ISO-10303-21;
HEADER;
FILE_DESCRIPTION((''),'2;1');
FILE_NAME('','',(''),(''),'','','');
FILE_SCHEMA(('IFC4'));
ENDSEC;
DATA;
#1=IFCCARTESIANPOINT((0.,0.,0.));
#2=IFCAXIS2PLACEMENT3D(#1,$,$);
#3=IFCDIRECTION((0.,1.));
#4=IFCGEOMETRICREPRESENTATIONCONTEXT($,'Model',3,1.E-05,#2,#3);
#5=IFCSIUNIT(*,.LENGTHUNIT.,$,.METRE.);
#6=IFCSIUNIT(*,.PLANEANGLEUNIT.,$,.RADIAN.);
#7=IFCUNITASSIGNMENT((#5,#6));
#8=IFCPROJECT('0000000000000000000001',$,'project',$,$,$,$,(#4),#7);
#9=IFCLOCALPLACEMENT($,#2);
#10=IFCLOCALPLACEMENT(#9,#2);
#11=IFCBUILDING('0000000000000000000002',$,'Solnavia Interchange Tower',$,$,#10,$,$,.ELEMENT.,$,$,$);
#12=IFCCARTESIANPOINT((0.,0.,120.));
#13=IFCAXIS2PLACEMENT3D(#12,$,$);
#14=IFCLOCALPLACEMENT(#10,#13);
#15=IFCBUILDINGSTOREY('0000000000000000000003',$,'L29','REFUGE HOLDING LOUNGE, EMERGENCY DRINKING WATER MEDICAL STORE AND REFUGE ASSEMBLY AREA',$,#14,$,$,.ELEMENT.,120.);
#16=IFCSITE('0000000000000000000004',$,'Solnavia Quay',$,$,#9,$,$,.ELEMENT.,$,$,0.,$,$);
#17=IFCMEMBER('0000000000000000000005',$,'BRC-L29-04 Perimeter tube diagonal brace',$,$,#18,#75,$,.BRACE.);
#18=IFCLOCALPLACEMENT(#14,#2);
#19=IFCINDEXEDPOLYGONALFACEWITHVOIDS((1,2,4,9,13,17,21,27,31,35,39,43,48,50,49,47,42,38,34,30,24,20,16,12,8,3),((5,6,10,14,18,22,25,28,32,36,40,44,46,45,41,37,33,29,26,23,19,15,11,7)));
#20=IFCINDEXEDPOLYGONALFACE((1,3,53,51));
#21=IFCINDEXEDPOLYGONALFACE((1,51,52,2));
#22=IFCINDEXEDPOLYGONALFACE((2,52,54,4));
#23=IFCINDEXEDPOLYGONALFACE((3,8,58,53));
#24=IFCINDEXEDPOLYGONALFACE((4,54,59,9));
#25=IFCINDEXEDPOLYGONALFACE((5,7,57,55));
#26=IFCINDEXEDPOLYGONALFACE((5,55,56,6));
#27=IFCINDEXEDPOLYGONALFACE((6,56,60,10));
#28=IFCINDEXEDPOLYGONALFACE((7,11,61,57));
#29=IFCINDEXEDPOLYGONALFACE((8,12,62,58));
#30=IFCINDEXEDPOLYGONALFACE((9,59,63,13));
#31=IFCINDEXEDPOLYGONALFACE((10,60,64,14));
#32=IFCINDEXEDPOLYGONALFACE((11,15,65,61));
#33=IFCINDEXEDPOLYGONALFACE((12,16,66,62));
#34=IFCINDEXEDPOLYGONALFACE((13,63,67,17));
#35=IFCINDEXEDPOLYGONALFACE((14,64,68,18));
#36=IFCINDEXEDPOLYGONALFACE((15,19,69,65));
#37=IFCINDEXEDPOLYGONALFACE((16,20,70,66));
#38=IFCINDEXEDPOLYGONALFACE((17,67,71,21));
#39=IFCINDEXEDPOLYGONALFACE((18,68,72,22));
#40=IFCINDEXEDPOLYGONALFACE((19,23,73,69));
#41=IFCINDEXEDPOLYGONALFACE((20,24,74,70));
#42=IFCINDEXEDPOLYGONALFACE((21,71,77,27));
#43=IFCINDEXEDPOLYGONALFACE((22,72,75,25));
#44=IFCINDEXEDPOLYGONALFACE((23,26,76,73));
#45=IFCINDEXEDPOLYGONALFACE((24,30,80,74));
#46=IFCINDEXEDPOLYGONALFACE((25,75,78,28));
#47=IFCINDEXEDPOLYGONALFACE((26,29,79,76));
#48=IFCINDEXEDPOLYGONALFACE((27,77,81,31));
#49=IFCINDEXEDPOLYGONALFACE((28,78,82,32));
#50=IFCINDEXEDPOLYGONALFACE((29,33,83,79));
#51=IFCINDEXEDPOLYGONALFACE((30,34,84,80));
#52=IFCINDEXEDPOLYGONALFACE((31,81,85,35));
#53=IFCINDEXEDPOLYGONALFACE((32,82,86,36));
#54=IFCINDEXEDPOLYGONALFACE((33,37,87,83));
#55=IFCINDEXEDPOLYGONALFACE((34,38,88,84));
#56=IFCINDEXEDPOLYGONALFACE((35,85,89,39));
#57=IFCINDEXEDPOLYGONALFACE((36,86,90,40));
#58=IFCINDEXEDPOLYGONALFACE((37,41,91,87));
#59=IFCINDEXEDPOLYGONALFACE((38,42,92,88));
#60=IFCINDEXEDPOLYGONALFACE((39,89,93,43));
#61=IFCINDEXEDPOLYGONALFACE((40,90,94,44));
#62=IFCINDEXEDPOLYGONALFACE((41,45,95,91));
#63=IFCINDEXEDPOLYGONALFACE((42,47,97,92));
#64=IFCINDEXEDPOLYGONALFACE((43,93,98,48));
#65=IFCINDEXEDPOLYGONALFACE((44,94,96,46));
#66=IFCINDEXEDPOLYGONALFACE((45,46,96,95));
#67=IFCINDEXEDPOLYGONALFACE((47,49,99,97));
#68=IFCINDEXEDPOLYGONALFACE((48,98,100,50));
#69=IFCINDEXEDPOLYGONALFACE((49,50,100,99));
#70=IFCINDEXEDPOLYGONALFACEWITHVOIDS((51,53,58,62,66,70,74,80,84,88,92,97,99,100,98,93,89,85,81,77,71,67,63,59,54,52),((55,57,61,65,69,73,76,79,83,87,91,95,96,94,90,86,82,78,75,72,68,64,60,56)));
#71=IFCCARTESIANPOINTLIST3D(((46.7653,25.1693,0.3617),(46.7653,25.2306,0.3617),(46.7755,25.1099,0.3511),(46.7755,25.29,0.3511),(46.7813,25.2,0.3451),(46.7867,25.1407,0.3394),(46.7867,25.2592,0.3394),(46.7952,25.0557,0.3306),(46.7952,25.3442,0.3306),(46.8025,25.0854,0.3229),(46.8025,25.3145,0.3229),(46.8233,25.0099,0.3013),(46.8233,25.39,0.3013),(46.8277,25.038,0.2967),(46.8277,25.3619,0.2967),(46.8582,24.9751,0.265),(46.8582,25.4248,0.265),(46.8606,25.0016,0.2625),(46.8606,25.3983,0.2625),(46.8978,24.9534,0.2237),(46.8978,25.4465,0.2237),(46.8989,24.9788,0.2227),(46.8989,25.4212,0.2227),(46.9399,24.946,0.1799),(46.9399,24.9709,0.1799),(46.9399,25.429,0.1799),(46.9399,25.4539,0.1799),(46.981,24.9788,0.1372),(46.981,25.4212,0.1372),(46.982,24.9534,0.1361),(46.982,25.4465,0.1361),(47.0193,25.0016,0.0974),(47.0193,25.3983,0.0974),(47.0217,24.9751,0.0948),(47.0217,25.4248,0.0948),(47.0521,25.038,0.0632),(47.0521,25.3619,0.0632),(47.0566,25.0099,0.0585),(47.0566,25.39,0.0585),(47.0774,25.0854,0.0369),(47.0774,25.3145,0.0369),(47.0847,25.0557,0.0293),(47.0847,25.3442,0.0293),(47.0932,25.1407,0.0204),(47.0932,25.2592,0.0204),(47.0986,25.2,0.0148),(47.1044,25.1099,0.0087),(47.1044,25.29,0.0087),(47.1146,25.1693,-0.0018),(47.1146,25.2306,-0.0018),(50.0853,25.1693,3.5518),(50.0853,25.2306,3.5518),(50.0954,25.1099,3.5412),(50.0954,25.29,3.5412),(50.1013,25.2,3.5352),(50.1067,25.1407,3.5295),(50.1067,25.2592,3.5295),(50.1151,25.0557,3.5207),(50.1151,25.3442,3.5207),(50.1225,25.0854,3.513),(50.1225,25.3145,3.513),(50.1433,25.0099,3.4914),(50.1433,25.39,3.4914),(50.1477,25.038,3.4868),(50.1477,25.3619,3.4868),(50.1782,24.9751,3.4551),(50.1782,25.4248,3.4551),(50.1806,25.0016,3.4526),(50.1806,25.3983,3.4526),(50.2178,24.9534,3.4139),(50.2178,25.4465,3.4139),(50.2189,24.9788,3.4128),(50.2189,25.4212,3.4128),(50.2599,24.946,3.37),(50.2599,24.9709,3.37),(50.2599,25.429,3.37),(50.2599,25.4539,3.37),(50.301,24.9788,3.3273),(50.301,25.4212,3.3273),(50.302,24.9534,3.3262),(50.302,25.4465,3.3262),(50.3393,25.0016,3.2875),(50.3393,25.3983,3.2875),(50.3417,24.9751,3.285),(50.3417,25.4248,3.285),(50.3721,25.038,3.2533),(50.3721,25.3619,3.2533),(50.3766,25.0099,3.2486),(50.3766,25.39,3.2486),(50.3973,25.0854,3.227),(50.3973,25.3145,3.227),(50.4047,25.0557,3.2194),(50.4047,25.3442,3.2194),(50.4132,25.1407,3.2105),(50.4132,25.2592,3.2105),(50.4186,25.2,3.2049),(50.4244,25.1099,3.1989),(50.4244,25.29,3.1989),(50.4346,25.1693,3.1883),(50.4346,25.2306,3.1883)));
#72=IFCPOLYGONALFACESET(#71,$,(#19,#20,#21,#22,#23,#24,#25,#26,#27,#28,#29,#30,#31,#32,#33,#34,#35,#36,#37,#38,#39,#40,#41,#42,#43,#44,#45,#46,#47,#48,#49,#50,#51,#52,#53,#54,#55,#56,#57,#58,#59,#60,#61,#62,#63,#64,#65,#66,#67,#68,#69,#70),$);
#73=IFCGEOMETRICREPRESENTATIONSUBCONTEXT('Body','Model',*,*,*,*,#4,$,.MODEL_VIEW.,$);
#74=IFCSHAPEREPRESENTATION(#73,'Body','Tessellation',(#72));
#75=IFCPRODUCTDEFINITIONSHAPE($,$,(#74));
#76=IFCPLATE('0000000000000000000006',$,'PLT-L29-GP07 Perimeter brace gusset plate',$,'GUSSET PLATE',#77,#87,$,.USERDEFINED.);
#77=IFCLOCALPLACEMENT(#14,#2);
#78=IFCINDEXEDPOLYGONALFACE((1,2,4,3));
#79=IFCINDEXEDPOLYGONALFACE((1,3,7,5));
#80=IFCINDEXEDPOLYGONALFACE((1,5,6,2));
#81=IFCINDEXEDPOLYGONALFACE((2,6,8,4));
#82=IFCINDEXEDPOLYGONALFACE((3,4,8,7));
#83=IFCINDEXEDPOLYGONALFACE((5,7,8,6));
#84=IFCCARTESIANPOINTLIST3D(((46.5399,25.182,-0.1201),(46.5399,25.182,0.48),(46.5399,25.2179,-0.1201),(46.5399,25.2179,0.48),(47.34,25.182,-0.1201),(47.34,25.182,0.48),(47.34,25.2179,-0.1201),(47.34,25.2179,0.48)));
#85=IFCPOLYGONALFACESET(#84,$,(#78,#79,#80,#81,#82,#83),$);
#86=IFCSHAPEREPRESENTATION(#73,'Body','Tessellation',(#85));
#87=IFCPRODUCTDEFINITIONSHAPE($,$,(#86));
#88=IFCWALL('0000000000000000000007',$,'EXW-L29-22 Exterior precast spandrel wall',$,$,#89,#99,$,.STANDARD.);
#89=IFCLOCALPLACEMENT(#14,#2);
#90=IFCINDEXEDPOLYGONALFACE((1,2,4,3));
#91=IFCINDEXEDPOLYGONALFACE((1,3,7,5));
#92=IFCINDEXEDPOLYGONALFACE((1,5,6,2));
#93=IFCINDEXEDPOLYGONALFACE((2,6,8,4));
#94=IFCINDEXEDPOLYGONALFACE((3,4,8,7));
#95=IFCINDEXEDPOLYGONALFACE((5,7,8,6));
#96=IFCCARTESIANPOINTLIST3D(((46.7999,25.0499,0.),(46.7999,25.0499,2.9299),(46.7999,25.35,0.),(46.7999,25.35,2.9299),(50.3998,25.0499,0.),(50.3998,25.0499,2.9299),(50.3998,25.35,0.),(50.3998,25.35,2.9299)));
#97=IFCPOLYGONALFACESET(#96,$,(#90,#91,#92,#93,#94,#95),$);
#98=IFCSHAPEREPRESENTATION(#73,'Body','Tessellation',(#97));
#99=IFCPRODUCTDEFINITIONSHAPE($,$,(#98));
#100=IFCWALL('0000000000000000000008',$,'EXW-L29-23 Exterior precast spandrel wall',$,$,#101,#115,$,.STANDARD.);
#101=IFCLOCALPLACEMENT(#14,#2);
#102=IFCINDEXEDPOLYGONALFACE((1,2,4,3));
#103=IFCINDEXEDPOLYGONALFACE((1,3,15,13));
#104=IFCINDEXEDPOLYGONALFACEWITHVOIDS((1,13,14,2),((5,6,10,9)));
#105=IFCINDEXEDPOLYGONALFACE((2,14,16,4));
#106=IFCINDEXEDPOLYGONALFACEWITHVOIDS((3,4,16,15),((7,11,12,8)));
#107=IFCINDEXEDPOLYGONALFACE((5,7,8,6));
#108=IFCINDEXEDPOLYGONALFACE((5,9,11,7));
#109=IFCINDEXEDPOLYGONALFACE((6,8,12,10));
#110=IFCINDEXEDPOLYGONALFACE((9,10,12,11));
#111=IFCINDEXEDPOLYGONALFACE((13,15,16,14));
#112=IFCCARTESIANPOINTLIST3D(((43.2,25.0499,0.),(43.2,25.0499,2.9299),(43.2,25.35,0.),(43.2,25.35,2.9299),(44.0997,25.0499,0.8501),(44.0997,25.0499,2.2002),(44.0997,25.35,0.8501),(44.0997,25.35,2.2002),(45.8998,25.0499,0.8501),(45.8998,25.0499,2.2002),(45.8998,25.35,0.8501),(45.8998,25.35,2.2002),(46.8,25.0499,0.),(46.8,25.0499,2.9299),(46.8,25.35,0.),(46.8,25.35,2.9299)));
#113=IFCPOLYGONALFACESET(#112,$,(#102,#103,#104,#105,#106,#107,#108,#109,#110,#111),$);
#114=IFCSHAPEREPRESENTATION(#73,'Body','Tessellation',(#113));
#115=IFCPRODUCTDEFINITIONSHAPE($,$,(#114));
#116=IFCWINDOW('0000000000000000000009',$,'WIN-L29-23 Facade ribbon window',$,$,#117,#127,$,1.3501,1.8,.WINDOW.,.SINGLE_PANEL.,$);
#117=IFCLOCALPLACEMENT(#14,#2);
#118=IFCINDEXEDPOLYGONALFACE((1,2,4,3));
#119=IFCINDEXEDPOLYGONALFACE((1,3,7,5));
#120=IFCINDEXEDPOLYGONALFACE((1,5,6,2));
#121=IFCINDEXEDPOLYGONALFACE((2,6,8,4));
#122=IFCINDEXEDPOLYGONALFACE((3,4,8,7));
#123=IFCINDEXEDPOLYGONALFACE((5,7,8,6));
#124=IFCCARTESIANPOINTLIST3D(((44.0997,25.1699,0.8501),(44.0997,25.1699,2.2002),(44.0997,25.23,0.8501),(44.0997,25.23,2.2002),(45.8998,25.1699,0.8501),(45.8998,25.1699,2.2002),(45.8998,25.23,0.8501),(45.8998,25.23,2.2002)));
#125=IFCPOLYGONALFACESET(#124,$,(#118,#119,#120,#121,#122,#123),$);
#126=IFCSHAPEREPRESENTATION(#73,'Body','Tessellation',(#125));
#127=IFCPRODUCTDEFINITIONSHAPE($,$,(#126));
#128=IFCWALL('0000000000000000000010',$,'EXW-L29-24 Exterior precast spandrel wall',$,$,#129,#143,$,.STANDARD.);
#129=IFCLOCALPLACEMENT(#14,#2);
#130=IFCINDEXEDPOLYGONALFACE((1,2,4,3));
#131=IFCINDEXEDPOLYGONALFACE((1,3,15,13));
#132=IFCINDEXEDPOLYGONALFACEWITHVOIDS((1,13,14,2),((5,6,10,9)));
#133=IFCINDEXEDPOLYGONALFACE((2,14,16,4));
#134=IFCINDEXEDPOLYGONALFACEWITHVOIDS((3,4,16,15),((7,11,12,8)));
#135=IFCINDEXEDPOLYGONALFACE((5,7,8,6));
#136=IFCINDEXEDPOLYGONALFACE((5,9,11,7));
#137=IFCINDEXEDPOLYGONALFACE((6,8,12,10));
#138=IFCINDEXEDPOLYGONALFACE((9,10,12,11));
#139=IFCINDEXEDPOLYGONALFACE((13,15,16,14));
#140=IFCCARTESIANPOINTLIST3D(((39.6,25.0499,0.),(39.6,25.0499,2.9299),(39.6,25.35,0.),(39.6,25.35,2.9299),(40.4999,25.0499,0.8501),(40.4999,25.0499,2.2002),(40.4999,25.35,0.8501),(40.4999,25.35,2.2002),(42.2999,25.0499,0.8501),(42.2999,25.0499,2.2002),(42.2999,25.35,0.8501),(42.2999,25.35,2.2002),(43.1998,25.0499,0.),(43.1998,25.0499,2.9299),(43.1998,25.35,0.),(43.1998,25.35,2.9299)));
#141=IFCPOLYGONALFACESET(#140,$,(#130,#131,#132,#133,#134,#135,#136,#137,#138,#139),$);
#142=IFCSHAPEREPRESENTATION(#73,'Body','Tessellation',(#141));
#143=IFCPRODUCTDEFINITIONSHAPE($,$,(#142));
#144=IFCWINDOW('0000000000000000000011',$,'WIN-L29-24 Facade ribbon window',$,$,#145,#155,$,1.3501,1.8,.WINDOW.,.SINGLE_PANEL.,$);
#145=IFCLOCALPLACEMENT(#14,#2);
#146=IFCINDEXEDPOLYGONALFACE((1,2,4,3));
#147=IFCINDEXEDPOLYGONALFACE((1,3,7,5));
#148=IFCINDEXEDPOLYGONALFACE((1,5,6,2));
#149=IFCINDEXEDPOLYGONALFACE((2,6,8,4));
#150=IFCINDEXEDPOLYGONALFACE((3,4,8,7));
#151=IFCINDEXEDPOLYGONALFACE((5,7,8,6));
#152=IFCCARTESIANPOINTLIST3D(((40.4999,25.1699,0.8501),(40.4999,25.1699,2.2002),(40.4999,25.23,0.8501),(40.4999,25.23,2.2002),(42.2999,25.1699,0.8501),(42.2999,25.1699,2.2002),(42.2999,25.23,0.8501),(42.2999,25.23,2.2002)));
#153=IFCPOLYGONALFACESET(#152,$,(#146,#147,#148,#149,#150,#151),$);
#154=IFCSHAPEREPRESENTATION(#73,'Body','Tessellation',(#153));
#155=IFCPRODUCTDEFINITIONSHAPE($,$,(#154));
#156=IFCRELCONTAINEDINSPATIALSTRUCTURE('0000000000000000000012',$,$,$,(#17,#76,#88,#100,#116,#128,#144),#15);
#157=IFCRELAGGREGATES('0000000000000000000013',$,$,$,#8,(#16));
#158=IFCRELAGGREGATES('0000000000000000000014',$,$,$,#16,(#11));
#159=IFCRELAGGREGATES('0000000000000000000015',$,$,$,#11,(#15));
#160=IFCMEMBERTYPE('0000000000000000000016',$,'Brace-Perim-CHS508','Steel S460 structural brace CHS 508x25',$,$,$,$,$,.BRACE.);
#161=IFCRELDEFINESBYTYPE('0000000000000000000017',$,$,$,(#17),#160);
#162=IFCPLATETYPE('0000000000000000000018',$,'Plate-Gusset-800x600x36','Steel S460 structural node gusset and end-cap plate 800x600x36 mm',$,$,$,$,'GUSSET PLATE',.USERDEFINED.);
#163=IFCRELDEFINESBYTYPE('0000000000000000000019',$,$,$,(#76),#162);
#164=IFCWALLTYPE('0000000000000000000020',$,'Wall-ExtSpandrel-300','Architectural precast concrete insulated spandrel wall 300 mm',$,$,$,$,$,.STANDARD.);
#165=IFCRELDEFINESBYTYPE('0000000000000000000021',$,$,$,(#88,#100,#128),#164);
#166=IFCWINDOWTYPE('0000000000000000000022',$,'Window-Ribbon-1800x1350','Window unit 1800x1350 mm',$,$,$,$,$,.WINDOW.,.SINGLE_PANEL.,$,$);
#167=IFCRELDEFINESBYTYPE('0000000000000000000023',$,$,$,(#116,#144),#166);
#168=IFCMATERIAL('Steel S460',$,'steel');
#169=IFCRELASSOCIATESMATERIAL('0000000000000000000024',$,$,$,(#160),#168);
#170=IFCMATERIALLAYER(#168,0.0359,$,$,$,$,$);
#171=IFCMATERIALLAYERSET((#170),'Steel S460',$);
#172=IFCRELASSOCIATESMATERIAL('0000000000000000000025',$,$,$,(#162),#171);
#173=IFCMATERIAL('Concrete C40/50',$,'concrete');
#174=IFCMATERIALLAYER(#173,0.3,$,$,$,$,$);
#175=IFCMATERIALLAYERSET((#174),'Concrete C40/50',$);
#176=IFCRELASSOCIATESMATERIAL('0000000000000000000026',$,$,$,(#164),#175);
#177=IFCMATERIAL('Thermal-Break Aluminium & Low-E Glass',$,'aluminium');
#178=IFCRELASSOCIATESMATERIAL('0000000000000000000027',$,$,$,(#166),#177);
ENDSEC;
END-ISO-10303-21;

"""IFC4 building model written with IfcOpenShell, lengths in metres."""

from ifc_helpers import new_model, si_unit, direction, frame, frame_2d, origin, origin_2d, place, context, subcontext, project, spatial, rectangle, hollow_circle, extrude, material, layer, layer_set, material_profile, profile_set, type_object, element, fill, save


model = new_model("IFC4")

# Units and contexts
model_context = context("Model", 3, precision=1e-05, world=origin(), true_north=direction((0.0, 1.0)))
body_context = subcontext(model_context, "Body", "Model", "MODEL_VIEW")
ifc_project = project(units=[si_unit("LENGTHUNIT", "METRE"), si_unit("PLANEANGLEUNIT", "RADIAN")], contexts=[model_context])

# Site, building, storey
site_placement = place(None, origin())
site = spatial("IfcSite", under=ifc_project, at=site_placement, Name="Solnavia Quay", CompositionType="ELEMENT", RefElevation=0.0)
building_placement = place(site_placement, origin())
building = spatial("IfcBuilding", under=site, at=building_placement, Name="Solnavia Interchange Tower", CompositionType="ELEMENT")
storey_placement = place(building_placement, frame((0.0, 0.0, 120.0)))
storey = spatial("IfcBuildingStorey", under=building, at=storey_placement, Name="L29", Description="REFUGE HOLDING LOUNGE, EMERGENCY DRINKING WATER MEDICAL STORE AND REFUGE ASSEMBLY AREA", CompositionType="ELEMENT", Elevation=120.0)

# Member
ifc_material_1 = material(Name="Steel S460", Category="steel")
ifc_material_profile_1 = material_profile(ifc_material_1, hollow_circle(Radius=0.2539, WallThickness=0.0249, at=origin_2d()), Name="CHS 508x25")
ifc_profile_set_1 = profile_set([ifc_material_profile_1], Name="Steel S460")
member_type = type_object("IfcMemberType", Name="Brace-Perim-CHS508", Description="Steel S460 structural brace CHS 508x25", PredefinedType="BRACE", material=ifc_profile_set_1)
member_placement = place(storey_placement, frame((46.9399, 25.2, 0.1799), z_axis=(0.72107, 0.0, 0.692862), x_axis=(0.0, 1.0, 0.0)))
element("IfcMember", 1, at=member_placement, inside=storey, type_object=member_type, Name="BRC-L29-04 Perimeter tube diagonal brace", PredefinedType="BRACE", context=body_context, shape_type="SweptSolid", body=[
    extrude(hollow_circle(Radius=0.2539, WallThickness=0.0249, at=origin_2d()), origin(), (0.0, 0.0, 1.0), 4.6042),
])

# Plate
ifc_layer_1 = layer(ifc_material_1, 0.0359)
ifc_layer_set_1 = layer_set([ifc_layer_1], Name="Steel S460")
plate_type = type_object("IfcPlateType", Name="Plate-Gusset-800x600x36", Description="Steel S460 structural node gusset and end-cap plate 800x600x36 mm", ElementType="GUSSET PLATE", PredefinedType="USERDEFINED", material=ifc_layer_set_1)
plate_placement = place(storey_placement, frame((46.9399, 25.2, -0.1201), z_axis=(0.0, 0.0, 1.0), x_axis=(1.0, 0.0, 0.0)))
element("IfcPlate", 2, at=plate_placement, inside=storey, type_object=plate_type, Name="PLT-L29-GP07 Perimeter brace gusset plate", ObjectType="GUSSET PLATE", PredefinedType="USERDEFINED", context=body_context, shape_type="SweptSolid", body=[
    extrude(rectangle(XDim=0.8, YDim=0.0359, at=origin_2d()), origin(), (0.0, 0.0, 1.0), 0.6001),
])

# Wall
ifc_material_2 = material(Name="Concrete C40/50", Category="concrete")
ifc_layer_2 = layer(ifc_material_2, 0.3)
ifc_layer_set_2 = layer_set([ifc_layer_2], Name="Concrete C40/50")
wall_type_1 = type_object("IfcWallType", Name="Wall-ExtSpandrel-300", Description="Architectural precast concrete insulated spandrel wall 300 mm", PredefinedType="STANDARD", material=ifc_layer_set_2)
wall_1_placement = place(storey_placement, frame((46.8, 25.2, 0.0), z_axis=(0.0, 0.0, 1.0), x_axis=(1.0, 0.0, 0.0)))
element("IfcWall", 3, at=wall_1_placement, inside=storey, type_object=wall_type_1, Name="EXW-L29-22 Exterior precast spandrel wall", PredefinedType="STANDARD", context=body_context, shape_type="SweptSolid", body=[
    extrude(rectangle(XDim=3.5999, YDim=0.3, at=frame_2d((1.7998, 0.0))), origin(), (0.0, 0.0, 1.0), 2.9299),
])

# Walls, openings, windows
wall_2_placement = place(storey_placement, frame((43.2, 25.2, 0.0), z_axis=(0.0, 0.0, 1.0), x_axis=(1.0, 0.0, 0.0)))
wall_2 = element("IfcWall", 4, at=wall_2_placement, inside=storey, type_object=wall_type_1, Name="EXW-L29-23 Exterior precast spandrel wall", PredefinedType="STANDARD", context=body_context, shape_type="SweptSolid", body=[
    extrude(rectangle(XDim=3.6001, YDim=0.3, at=frame_2d((1.8, 0.0))), origin(), (0.0, 0.0, 1.0), 2.9299),
])
opening_1_placement = place(wall_2_placement, frame((0.8999, 0.0, 0.8501)))
opening_1 = element("IfcOpeningElement", 5, at=opening_1_placement, cuts=wall_2, PredefinedType="OPENING", context=body_context, shape_type="SweptSolid", body=[
    extrude(rectangle(XDim=1.8, YDim=1.3501, at=frame_2d((0.8999, 0.675))), frame((0.0, 0.1602, 0.0), z_axis=(0.0, -1.0, 0.0), x_axis=(1.0, 0.0, 0.0)), (0.0, 0.0, 1.0), 0.3201),
])
ifc_material_3 = material(Name="Thermal-Break Aluminium & Low-E Glass", Category="aluminium")
window_type = type_object("IfcWindowType", Name="Window-Ribbon-1800x1350", Description="Window unit 1800x1350 mm", PartitioningType="SINGLE_PANEL", PredefinedType="WINDOW", material=ifc_material_3)
window_1_placement = place(opening_1_placement, origin())
window_1 = element("IfcWindow", 6, at=window_1_placement, inside=storey, type_object=window_type, Name="WIN-L29-23 Facade ribbon window", OverallHeight=1.3501, OverallWidth=1.8, PartitioningType="SINGLE_PANEL", PredefinedType="WINDOW", context=body_context, shape_type="SweptSolid", body=[
    extrude(rectangle(XDim=1.8, YDim=1.3501, at=frame_2d((0.8999, 0.675))), frame((0.0, 0.03, 0.0), z_axis=(0.0, -1.0, 0.0), x_axis=(1.0, 0.0, 0.0)), (0.0, 0.0, 1.0), 0.0601),
])
fill(opening_1, window_1)
wall_3_placement = place(storey_placement, frame((39.6001, 25.2, 0.0), z_axis=(0.0, 0.0, 1.0), x_axis=(1.0, 0.0, 0.0)))
wall_3 = element("IfcWall", 7, at=wall_3_placement, inside=storey, type_object=wall_type_1, Name="EXW-L29-24 Exterior precast spandrel wall", PredefinedType="STANDARD", context=body_context, shape_type="SweptSolid", body=[
    extrude(rectangle(XDim=3.5999, YDim=0.3, at=frame_2d((1.7998, 0.0))), origin(), (0.0, 0.0, 1.0), 2.9299),
])
opening_2_placement = place(wall_3_placement, frame((0.8999, 0.0, 0.8501)))
opening_2 = element("IfcOpeningElement", 8, at=opening_2_placement, cuts=wall_3, PredefinedType="OPENING", context=body_context, shape_type="SweptSolid", body=[
    extrude(rectangle(XDim=1.8, YDim=1.3501, at=frame_2d((0.8999, 0.675))), frame((0.0, 0.1602, 0.0), z_axis=(0.0, -1.0, 0.0), x_axis=(1.0, 0.0, 0.0)), (0.0, 0.0, 1.0), 0.3201),
])
window_2_placement = place(opening_2_placement, origin())
window_2 = element("IfcWindow", 9, at=window_2_placement, inside=storey, type_object=window_type, Name="WIN-L29-24 Facade ribbon window", OverallHeight=1.3501, OverallWidth=1.8, PartitioningType="SINGLE_PANEL", PredefinedType="WINDOW", context=body_context, shape_type="SweptSolid", body=[
    extrude(rectangle(XDim=1.8, YDim=1.3501, at=frame_2d((0.8999, 0.675))), frame((0.0, 0.03, 0.0), z_axis=(0.0, -1.0, 0.0), x_axis=(1.0, 0.0, 0.0)), (0.0, 0.0, 1.0), 0.0601),
])
fill(opening_2, window_2)

save(model, "model.ifc")
